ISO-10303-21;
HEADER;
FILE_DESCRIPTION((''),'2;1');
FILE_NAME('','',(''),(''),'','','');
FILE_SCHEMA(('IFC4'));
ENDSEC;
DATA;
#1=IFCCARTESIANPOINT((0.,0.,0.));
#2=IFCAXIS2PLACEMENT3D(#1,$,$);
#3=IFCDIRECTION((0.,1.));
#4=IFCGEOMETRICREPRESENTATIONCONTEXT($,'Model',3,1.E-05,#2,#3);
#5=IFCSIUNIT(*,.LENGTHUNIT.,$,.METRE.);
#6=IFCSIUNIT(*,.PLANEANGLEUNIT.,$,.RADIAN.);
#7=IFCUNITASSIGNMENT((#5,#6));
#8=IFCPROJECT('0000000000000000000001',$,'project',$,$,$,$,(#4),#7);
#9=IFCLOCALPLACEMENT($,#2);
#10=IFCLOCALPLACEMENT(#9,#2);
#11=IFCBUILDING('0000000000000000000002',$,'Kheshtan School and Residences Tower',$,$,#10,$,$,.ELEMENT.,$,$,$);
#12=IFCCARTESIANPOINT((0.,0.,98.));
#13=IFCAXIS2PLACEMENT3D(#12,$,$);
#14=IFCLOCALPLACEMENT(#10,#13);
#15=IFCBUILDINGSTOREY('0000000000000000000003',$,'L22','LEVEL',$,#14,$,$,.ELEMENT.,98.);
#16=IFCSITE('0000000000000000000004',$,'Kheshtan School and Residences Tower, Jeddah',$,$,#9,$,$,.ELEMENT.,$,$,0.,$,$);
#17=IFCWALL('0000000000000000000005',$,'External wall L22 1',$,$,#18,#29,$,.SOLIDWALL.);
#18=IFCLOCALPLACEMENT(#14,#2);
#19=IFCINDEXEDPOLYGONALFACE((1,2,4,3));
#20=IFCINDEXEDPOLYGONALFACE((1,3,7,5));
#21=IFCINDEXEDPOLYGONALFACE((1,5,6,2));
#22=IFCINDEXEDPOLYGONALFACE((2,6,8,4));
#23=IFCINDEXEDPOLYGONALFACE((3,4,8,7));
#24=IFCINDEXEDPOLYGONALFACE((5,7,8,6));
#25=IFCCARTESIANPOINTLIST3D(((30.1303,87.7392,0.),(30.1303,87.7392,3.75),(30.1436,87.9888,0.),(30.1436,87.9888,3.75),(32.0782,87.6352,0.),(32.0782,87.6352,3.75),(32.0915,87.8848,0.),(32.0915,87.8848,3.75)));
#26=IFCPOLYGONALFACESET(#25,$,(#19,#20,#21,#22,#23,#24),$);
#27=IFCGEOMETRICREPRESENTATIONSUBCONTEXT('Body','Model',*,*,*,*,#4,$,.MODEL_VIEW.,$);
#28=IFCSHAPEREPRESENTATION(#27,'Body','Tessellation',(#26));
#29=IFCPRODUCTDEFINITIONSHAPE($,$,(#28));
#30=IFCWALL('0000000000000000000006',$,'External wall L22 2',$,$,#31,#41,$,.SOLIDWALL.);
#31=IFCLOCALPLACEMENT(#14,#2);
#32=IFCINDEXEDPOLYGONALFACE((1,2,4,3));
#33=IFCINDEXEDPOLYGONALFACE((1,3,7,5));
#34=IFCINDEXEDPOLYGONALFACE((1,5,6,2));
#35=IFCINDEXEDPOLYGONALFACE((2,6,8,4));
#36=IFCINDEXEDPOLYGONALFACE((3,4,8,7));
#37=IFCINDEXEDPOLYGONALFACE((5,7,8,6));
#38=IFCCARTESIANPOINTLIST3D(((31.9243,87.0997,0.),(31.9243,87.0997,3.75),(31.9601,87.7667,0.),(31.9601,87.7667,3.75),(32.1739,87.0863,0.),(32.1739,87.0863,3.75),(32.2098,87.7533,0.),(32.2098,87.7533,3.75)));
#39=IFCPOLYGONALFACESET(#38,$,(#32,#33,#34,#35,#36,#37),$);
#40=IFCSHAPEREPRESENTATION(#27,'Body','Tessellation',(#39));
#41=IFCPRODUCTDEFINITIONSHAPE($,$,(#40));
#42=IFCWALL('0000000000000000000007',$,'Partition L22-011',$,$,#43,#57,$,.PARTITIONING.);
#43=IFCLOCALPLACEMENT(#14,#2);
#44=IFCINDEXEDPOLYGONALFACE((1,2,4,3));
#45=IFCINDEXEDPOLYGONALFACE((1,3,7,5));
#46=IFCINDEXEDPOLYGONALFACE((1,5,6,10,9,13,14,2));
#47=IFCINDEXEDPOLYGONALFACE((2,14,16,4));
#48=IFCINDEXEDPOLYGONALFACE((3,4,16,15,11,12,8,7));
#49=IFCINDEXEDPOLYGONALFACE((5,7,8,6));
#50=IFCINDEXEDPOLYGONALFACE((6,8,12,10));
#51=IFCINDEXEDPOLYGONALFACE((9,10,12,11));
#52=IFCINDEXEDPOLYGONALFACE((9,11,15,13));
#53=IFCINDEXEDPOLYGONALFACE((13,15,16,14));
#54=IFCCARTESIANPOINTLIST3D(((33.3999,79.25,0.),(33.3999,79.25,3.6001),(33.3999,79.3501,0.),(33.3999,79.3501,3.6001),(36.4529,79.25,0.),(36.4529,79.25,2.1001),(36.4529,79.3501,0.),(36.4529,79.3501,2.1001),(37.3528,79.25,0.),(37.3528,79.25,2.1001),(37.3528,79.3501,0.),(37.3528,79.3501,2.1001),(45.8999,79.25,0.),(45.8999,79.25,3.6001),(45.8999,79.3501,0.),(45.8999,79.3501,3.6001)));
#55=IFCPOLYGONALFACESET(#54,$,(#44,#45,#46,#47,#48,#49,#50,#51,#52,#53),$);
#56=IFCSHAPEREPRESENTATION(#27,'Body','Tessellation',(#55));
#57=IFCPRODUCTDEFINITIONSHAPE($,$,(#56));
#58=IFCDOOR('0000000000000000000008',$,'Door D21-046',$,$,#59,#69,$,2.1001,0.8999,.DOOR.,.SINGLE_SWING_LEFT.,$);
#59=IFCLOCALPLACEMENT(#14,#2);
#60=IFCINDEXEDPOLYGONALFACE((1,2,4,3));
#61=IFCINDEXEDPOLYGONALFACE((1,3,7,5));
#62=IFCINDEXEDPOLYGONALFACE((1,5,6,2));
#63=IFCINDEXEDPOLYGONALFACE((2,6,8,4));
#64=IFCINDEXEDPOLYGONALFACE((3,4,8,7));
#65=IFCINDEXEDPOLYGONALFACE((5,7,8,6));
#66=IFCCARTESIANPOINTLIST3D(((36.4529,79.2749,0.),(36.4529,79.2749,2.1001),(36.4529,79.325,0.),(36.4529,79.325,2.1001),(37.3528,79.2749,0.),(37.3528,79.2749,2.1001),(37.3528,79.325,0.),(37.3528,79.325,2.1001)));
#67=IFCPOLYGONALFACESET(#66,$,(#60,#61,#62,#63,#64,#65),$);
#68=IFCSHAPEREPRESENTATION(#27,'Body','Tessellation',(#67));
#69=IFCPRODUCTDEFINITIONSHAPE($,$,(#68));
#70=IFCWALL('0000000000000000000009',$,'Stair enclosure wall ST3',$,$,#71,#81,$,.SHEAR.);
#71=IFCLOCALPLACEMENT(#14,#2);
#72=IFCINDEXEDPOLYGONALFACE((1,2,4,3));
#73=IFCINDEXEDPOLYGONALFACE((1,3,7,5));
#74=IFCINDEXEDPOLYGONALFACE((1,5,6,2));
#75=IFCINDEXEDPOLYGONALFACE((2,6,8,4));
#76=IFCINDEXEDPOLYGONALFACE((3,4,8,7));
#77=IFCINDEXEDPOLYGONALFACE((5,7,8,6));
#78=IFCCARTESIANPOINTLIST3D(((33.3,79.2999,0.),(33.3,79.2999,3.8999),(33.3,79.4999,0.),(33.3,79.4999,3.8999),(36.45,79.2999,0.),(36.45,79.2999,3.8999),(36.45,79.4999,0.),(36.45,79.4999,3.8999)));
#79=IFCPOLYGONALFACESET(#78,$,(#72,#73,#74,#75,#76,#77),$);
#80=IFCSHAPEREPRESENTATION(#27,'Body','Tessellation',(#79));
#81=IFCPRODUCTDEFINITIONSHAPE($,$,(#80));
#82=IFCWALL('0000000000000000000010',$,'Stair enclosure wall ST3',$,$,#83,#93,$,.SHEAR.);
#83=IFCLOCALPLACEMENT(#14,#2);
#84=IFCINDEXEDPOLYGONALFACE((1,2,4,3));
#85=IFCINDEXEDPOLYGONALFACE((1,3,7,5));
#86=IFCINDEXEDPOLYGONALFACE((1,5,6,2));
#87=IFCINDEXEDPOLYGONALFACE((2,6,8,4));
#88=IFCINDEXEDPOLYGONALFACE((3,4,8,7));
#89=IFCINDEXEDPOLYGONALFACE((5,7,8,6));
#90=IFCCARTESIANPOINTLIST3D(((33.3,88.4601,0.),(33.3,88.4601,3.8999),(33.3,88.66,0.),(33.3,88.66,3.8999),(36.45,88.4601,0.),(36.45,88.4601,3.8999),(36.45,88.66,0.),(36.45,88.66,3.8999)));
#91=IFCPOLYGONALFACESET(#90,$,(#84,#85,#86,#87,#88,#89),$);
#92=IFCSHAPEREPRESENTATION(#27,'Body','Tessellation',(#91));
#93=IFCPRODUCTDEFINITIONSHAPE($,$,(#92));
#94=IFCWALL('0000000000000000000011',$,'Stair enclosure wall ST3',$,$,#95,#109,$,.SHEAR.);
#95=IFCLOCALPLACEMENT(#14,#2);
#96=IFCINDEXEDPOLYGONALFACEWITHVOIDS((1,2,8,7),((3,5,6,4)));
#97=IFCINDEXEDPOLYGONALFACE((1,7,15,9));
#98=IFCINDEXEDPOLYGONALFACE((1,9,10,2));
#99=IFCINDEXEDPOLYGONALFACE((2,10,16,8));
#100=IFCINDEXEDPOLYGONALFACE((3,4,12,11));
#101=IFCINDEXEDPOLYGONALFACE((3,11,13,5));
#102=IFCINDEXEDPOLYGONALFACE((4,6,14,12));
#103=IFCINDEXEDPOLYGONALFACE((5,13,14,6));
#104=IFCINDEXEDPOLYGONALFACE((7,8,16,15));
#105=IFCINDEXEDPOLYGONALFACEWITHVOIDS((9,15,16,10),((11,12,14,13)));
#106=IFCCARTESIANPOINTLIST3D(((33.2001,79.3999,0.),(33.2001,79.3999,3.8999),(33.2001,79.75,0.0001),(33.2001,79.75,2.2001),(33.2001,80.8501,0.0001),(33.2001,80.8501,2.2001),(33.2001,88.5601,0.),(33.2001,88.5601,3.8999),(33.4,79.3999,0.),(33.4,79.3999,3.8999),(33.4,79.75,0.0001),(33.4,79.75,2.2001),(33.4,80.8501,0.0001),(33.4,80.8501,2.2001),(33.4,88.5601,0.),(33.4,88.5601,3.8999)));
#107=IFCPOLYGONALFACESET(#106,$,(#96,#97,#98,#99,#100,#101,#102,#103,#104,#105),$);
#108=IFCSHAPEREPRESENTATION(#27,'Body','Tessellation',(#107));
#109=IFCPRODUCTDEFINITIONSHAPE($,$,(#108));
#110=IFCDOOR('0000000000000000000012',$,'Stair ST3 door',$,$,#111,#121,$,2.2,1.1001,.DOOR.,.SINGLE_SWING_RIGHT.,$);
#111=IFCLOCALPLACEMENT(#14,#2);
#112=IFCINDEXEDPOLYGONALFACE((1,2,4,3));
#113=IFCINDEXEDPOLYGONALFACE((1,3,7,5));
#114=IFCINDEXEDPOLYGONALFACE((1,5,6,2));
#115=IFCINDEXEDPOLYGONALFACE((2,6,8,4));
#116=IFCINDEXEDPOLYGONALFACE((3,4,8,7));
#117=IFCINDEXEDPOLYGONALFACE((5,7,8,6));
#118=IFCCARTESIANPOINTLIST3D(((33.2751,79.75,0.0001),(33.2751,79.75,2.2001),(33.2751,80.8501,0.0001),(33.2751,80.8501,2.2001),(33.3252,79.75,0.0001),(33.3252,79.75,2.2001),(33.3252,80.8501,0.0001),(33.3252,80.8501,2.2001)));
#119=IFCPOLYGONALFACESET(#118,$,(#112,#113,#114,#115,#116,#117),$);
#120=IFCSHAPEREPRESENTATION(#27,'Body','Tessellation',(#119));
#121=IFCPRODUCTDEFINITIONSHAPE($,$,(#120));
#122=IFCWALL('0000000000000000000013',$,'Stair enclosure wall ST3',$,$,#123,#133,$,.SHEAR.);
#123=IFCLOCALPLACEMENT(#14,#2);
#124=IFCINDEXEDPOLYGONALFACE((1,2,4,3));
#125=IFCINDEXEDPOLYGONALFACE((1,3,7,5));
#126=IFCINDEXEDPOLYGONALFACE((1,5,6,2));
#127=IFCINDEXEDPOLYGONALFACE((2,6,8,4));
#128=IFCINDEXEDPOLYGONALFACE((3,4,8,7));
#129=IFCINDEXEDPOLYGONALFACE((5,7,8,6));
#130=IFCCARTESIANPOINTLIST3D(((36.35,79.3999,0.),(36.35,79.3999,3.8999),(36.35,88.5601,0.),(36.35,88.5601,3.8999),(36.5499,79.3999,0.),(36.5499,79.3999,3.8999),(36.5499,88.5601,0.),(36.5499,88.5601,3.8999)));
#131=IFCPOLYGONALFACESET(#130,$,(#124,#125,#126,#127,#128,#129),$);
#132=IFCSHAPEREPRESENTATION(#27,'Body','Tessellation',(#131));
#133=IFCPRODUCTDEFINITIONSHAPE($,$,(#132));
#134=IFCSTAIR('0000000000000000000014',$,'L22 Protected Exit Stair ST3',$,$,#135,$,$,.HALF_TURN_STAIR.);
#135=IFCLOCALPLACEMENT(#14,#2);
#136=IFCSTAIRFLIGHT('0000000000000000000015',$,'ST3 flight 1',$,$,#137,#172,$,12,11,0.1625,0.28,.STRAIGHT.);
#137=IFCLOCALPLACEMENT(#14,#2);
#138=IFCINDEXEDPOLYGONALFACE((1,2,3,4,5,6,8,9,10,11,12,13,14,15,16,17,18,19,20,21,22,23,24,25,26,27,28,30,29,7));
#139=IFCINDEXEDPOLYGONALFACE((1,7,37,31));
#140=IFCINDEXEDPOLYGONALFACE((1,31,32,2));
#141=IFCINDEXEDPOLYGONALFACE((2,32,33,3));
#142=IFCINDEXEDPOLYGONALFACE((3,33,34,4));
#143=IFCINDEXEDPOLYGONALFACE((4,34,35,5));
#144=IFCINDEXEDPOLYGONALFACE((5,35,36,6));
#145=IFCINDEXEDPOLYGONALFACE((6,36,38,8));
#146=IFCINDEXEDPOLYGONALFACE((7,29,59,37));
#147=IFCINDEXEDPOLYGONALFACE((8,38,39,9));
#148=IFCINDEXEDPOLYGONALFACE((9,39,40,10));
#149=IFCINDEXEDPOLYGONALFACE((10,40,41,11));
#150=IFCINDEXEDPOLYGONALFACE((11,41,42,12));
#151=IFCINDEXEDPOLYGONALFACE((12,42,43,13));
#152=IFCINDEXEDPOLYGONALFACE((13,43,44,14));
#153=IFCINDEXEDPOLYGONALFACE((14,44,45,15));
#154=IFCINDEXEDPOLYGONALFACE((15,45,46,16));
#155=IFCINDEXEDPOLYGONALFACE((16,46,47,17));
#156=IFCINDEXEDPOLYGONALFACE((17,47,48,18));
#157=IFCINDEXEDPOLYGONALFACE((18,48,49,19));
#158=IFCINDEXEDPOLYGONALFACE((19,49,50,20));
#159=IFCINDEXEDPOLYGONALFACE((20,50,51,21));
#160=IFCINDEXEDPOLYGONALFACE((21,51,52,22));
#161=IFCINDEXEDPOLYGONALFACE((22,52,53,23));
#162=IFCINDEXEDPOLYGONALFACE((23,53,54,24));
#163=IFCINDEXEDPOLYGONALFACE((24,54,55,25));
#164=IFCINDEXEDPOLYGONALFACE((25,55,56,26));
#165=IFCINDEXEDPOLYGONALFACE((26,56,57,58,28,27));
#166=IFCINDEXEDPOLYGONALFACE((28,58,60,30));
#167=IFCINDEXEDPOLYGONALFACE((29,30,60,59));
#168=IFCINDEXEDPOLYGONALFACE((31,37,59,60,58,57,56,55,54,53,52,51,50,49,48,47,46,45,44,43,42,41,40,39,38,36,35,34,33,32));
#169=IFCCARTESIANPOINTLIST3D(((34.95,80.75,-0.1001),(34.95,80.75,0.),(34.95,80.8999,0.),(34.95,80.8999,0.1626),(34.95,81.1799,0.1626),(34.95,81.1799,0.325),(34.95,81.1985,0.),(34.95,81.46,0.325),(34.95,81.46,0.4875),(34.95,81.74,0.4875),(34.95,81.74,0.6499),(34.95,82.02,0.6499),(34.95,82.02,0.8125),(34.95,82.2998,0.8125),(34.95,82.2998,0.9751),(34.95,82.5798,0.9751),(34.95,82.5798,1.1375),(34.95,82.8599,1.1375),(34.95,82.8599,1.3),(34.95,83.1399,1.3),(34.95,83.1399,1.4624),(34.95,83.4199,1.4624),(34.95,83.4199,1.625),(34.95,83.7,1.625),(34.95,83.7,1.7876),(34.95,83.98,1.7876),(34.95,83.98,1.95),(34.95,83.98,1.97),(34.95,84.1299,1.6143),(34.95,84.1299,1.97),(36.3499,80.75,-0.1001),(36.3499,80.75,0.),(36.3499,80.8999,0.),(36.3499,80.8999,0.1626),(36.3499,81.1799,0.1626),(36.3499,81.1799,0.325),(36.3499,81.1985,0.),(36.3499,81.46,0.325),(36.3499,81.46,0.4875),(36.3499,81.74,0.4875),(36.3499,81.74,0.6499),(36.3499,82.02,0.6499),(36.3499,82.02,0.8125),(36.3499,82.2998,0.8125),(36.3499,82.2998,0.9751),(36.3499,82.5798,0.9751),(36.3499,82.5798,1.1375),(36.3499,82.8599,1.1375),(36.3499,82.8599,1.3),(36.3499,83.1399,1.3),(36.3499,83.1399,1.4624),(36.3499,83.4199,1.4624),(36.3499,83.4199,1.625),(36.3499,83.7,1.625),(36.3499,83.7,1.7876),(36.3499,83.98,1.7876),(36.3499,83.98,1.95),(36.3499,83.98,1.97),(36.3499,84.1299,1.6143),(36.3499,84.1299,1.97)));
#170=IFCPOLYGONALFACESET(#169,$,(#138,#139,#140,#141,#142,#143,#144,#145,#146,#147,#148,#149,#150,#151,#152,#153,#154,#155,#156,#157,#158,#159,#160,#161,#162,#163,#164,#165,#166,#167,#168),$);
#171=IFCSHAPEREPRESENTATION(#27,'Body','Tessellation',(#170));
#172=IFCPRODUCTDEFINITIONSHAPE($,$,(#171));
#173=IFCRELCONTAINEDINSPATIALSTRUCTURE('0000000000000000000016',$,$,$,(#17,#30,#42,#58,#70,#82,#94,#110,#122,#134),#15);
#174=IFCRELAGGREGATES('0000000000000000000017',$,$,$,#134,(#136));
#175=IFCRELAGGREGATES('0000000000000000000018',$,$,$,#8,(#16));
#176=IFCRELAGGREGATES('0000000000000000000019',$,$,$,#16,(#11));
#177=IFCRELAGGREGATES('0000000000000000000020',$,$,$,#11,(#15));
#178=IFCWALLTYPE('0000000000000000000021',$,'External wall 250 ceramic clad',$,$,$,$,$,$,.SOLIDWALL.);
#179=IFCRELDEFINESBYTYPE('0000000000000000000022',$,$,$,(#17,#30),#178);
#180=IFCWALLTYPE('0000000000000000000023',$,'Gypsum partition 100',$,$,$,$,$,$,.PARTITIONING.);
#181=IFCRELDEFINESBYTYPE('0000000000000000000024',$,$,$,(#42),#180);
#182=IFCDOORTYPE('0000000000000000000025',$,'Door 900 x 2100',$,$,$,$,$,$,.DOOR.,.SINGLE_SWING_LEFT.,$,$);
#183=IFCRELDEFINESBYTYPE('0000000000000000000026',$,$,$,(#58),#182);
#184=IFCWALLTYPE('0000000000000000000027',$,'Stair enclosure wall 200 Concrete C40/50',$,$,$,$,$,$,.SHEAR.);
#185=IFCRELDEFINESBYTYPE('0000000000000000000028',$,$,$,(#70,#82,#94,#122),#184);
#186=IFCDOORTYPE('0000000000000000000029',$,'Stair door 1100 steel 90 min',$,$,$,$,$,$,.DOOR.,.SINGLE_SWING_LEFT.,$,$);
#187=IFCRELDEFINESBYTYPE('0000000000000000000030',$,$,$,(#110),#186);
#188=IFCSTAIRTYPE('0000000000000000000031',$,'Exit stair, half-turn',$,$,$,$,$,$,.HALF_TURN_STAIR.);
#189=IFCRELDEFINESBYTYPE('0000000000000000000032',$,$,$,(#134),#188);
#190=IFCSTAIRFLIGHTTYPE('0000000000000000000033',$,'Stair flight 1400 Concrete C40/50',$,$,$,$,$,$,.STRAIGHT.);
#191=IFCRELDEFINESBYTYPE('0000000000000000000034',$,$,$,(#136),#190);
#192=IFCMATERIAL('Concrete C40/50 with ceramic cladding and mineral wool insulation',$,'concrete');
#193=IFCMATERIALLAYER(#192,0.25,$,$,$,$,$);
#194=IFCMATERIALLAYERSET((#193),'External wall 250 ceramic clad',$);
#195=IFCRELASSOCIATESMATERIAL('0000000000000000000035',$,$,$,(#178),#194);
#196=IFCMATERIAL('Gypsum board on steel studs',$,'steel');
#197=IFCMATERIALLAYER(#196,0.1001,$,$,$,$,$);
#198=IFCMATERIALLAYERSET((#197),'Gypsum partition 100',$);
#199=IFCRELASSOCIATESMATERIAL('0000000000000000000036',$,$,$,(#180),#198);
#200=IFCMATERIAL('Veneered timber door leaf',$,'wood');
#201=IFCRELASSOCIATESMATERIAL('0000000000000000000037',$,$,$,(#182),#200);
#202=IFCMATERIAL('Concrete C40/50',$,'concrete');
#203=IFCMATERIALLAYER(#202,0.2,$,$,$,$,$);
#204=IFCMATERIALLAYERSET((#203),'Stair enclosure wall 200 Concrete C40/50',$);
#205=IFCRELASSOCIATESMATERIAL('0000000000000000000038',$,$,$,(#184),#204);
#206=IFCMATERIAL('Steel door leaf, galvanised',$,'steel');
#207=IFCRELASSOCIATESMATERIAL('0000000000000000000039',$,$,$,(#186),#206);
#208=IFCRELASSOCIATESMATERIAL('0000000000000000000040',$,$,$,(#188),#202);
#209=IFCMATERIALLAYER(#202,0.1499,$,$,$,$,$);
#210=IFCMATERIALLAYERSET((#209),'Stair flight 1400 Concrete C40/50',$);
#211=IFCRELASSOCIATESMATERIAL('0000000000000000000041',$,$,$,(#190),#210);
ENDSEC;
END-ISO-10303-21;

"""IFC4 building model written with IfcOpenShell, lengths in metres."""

from ifc_helpers import new_model, si_unit, direction, frame, frame_2d, origin, place, context, subcontext, project, spatial, polyline, rectangle, outline, extrude, source, transform, mapped, material, layer, layer_set, type_object, element, fill, aggregate, save


model = new_model("IFC4")

# Units and contexts
model_context = context("Model", 3, precision=1e-05, world=origin(), true_north=direction((0.0, 1.0)))
body_context = subcontext(model_context, "Body", "Model", "MODEL_VIEW")
ifc_project = project(units=[si_unit("LENGTHUNIT", "METRE"), si_unit("PLANEANGLEUNIT", "RADIAN")], contexts=[model_context])

# Site, building, storey
site_placement = place(None, origin())
site = spatial("IfcSite", under=ifc_project, at=site_placement, Name="Kheshtan School and Residences Tower, Jeddah", CompositionType="ELEMENT", RefElevation=0.0)
building_placement = place(site_placement, origin())
building = spatial("IfcBuilding", under=site, at=building_placement, Name="Kheshtan School and Residences Tower", CompositionType="ELEMENT")
storey_placement = place(building_placement, frame((0.0, 0.0, 98.0)))
storey = spatial("IfcBuildingStorey", under=building, at=storey_placement, Name="L22", Description="LEVEL", CompositionType="ELEMENT", Elevation=98.0)

# Walls
ifc_material_1 = material(Name="Concrete C40/50 with ceramic cladding and mineral wool insulation", Category="concrete")
ifc_layer_1 = layer(ifc_material_1, 0.25)
ifc_layer_set_1 = layer_set([ifc_layer_1], Name="External wall 250 ceramic clad")
wall_type_1 = type_object("IfcWallType", Name="External wall 250 ceramic clad", PredefinedType="SOLIDWALL", material=ifc_layer_set_1)
wall_1_placement = place(storey_placement, frame((30.137, 87.864, 0.0), z_axis=(0.0, 0.0, 1.0), x_axis=(0.998578, -0.053314, 0.0)))
element("IfcWall", 1, at=wall_1_placement, inside=storey, type_object=wall_type_1, Name="External wall L22 1", PredefinedType="SOLIDWALL", context=body_context, shape_type="SweptSolid", body=[
    extrude(rectangle(XDim=1.9507, YDim=0.25, at=frame_2d((0.9753, 0.0))), origin(), (0.0, 0.0, 1.0), 3.75),
])
wall_2_placement = place(storey_placement, frame((32.085, 87.76, 0.0), z_axis=(0.0, 0.0, 1.0), x_axis=(-0.053729, -0.998556, 0.0)))
element("IfcWall", 2, at=wall_2_placement, inside=storey, type_object=wall_type_1, Name="External wall L22 2", PredefinedType="SOLIDWALL", context=body_context, shape_type="SweptSolid", body=[
    extrude(rectangle(XDim=0.668, YDim=0.25, at=frame_2d((0.334, 0.0))), origin(), (0.0, 0.0, 1.0), 3.75),
])

# Wall, opening, door
ifc_material_2 = material(Name="Gypsum board on steel studs", Category="steel")
ifc_layer_2 = layer(ifc_material_2, 0.1001)
ifc_layer_set_2 = layer_set([ifc_layer_2], Name="Gypsum partition 100")
wall_type_2 = type_object("IfcWallType", Name="Gypsum partition 100", PredefinedType="PARTITIONING", material=ifc_layer_set_2)
wall_3_placement = place(storey_placement, frame((33.3999, 79.3, 0.0), z_axis=(0.0, 0.0, 1.0), x_axis=(1.0, 0.0, 0.0)))
wall_3 = element("IfcWall", 3, at=wall_3_placement, inside=storey, type_object=wall_type_2, Name="Partition L22-011", PredefinedType="PARTITIONING", context=body_context, shape_type="SweptSolid", body=[
    extrude(rectangle(XDim=12.5, YDim=0.1001, at=frame_2d((6.25, 0.0))), origin(), (0.0, 0.0, 1.0), 3.6001),
])
opening_1_placement = place(wall_3_placement, frame((3.053, 0.0, 0.0)))
opening_1 = element("IfcOpeningElement", 4, at=opening_1_placement, cuts=wall_3, PredefinedType="OPENING", context=body_context, shape_type="SweptSolid", body=[
    extrude(rectangle(XDim=0.8999, YDim=2.1001, at=frame_2d((0.45, 1.05))), frame((0.0, 0.0601, 0.0), z_axis=(0.0, -1.0, 0.0), x_axis=(1.0, 0.0, 0.0)), (0.0, 0.0, 1.0), 0.1201),
])
ifc_material_3 = material(Name="Veneered timber door leaf", Category="wood")
door_type_1 = type_object("IfcDoorType", Name="Door 900 x 2100", OperationType="SINGLE_SWING_LEFT", PredefinedType="DOOR", material=ifc_material_3)
shared_shape_1 = source(origin(), body_context, "Body", "SweptSolid", [
    extrude(rectangle(XDim=0.8999, YDim=2.1001, at=frame_2d((0.45, 1.05))), frame((0.0, 0.0249, 0.0), z_axis=(0.0, -1.0, 0.0), x_axis=(1.0, 0.0, 0.0)), (0.0, 0.0, 1.0), 0.05),
])
door_1_placement = place(opening_1_placement, origin())
door_1 = element("IfcDoor", 5, at=door_1_placement, inside=storey, type_object=door_type_1, Name="Door D21-046", OperationType="SINGLE_SWING_LEFT", OverallHeight=2.1001, OverallWidth=0.8999, PredefinedType="DOOR", context=body_context, shape_type="MappedRepresentation", body=[
    mapped(shared_shape_1, transform((0.0, 0.0, 0.0), x_axis=(1.0, 0.0, 0.0), y_axis=(0.0, 1.0, 0.0), z_axis=(0.0, 0.0, 1.0), scale=1.0)),
])
fill(opening_1, door_1)

# Walls
ifc_material_4 = material(Name="Concrete C40/50", Category="concrete")
ifc_layer_3 = layer(ifc_material_4, 0.2)
ifc_layer_set_3 = layer_set([ifc_layer_3], Name="Stair enclosure wall 200 Concrete C40/50")
wall_type_3 = type_object("IfcWallType", Name="Stair enclosure wall 200 Concrete C40/50", PredefinedType="SHEAR", material=ifc_layer_set_3)
for number, where, z_axis, x_axis, name in (
    (6, (33.3, 79.3999, 0.0), (0.0, 0.0, 1.0), (1.0, 0.0, 0.0), "Stair enclosure wall ST3"),
    (7, (33.3, 88.5601, 0.0), (0.0, 0.0, 1.0), (1.0, 0.0, 0.0), "Stair enclosure wall ST3"),
):
    element("IfcWall", number, at=place(storey_placement, frame(where, z_axis=z_axis, x_axis=x_axis)), inside=storey, type_object=wall_type_3, Name=name, PredefinedType="SHEAR", context=body_context, shape_type="SweptSolid", body=[
        extrude(rectangle(XDim=3.1499, YDim=0.2, at=frame_2d((1.575, 0.0))), origin(), (0.0, 0.0, 1.0), 3.8999),
    ])

# Wall, opening, door
wall_4_placement = place(storey_placement, frame((33.3, 79.3999, 0.0), z_axis=(0.0, 0.0, 1.0), x_axis=(0.0, 1.0, 0.0)))
wall_4 = element("IfcWall", 8, at=wall_4_placement, inside=storey, type_object=wall_type_3, Name="Stair enclosure wall ST3", PredefinedType="SHEAR", context=body_context, shape_type="SweptSolid", body=[
    extrude(rectangle(XDim=9.1602, YDim=0.2, at=frame_2d((4.5801, 0.0))), origin(), (0.0, 0.0, 1.0), 3.8999),
])
opening_2_placement = place(wall_4_placement, frame((0.3501, 0.0, 0.0)))
opening_2 = element("IfcOpeningElement", 9, at=opening_2_placement, cuts=wall_4, PredefinedType="OPENING", context=body_context, shape_type="SweptSolid", body=[
    extrude(rectangle(XDim=1.1001, YDim=2.2, at=frame_2d((0.55, 1.1001))), frame((0.0, 0.1099, 0.0), z_axis=(0.0, -1.0, 0.0), x_axis=(1.0, 0.0, 0.0)), (0.0, 0.0, 1.0), 0.22),
])
ifc_material_5 = material(Name="Steel door leaf, galvanised", Category="steel")
door_type_2 = type_object("IfcDoorType", Name="Stair door 1100 steel 90 min", OperationType="SINGLE_SWING_LEFT", PredefinedType="DOOR", material=ifc_material_5)
shared_shape_2 = source(origin(), body_context, "Body", "SweptSolid", [
    extrude(rectangle(XDim=1.1001, YDim=2.2, at=frame_2d((0.55, 1.1001))), frame((0.0, 0.0249, 0.0), z_axis=(0.0, -1.0, 0.0), x_axis=(1.0, 0.0, 0.0)), (0.0, 0.0, 1.0), 0.05),
])
door_2_placement = place(opening_2_placement, origin())
door_2 = element("IfcDoor", 10, at=door_2_placement, inside=storey, type_object=door_type_2, Name="Stair ST3 door", OperationType="SINGLE_SWING_RIGHT", OverallHeight=2.2, OverallWidth=1.1001, PredefinedType="DOOR", context=body_context, shape_type="MappedRepresentation", body=[
    mapped(shared_shape_2, transform((0.0, 0.0, 0.0), x_axis=(1.0, 0.0, 0.0), y_axis=(0.0, 1.0, 0.0), z_axis=(0.0, 0.0, 1.0), scale=1.0)),
])
fill(opening_2, door_2)

# Wall
wall_5_placement = place(storey_placement, frame((36.45, 79.3999, 0.0), z_axis=(0.0, 0.0, 1.0), x_axis=(0.0, 1.0, 0.0)))
element("IfcWall", 11, at=wall_5_placement, inside=storey, type_object=wall_type_3, Name="Stair enclosure wall ST3", PredefinedType="SHEAR", context=body_context, shape_type="SweptSolid", body=[
    extrude(rectangle(XDim=9.1602, YDim=0.2, at=frame_2d((4.5801, 0.0))), origin(), (0.0, 0.0, 1.0), 3.8999),
])

# Stair, stair flight
stair_type = type_object("IfcStairType", Name="Exit stair, half-turn", PredefinedType="HALF_TURN_STAIR", material=ifc_material_4)
stair_placement = place(storey_placement, origin())
stair = element("IfcStair", 12, at=stair_placement, inside=storey, type_object=stair_type, Name="L22 Protected Exit Stair ST3", PredefinedType="HALF_TURN_STAIR")
ifc_layer_4 = layer(ifc_material_4, 0.1499)
ifc_layer_set_4 = layer_set([ifc_layer_4], Name="Stair flight 1400 Concrete C40/50")
stair_flight_type = type_object("IfcStairFlightType", Name="Stair flight 1400 Concrete C40/50", PredefinedType="STRAIGHT", material=ifc_layer_set_4)
stair_flight_1_placement = place(storey_placement, frame((35.6499, 80.8999, 0.0), z_axis=(0.0, 0.0, 1.0), x_axis=(0.0, 1.0, 0.0)))
stair_flight_1 = element("IfcStairFlight", 13, at=stair_flight_1_placement, type_object=stair_flight_type, Name="ST3 flight 1", NumberOfRisers=12, NumberOfTreads=11, PredefinedType="STRAIGHT", RiserHeight=0.1625, TreadLength=0.28, context=body_context, shape_type="SweptSolid", body=[
    extrude(outline(polyline([(-0.1499, -0.1001), (-0.1499, 0.0), (0.0, 0.0), (0.0, 0.1626), (0.28, 0.1626), (0.28, 0.325), (0.5601, 0.325), (0.5601, 0.4875), (0.8401, 0.4875), (0.8401, 0.6499), (1.1201, 0.6499), (1.1201, 0.8125), (1.3999, 0.8125), (1.3999, 0.9751), (1.6799, 0.9751), (1.6799, 1.1375), (1.96, 1.1375), (1.96, 1.3), (2.24, 1.3), (2.24, 1.4624), (2.52, 1.4624), (2.52, 1.625), (2.8, 1.625), (2.8, 1.7876), (3.0801, 1.7876), (3.0801, 1.95), (3.0801, 1.97), (3.23, 1.97), (3.23, 1.6143), (0.2986, 0.0), (-0.1499, -0.1001)])), frame((0.0, 0.7, 0.0), z_axis=(0.0, -1.0, 0.0), x_axis=(1.0, 0.0, 0.0)), (0.0, 0.0, 1.0), 1.3999),
])
aggregate(stair, [stair_flight_1])

save(model, "model.ifc")
